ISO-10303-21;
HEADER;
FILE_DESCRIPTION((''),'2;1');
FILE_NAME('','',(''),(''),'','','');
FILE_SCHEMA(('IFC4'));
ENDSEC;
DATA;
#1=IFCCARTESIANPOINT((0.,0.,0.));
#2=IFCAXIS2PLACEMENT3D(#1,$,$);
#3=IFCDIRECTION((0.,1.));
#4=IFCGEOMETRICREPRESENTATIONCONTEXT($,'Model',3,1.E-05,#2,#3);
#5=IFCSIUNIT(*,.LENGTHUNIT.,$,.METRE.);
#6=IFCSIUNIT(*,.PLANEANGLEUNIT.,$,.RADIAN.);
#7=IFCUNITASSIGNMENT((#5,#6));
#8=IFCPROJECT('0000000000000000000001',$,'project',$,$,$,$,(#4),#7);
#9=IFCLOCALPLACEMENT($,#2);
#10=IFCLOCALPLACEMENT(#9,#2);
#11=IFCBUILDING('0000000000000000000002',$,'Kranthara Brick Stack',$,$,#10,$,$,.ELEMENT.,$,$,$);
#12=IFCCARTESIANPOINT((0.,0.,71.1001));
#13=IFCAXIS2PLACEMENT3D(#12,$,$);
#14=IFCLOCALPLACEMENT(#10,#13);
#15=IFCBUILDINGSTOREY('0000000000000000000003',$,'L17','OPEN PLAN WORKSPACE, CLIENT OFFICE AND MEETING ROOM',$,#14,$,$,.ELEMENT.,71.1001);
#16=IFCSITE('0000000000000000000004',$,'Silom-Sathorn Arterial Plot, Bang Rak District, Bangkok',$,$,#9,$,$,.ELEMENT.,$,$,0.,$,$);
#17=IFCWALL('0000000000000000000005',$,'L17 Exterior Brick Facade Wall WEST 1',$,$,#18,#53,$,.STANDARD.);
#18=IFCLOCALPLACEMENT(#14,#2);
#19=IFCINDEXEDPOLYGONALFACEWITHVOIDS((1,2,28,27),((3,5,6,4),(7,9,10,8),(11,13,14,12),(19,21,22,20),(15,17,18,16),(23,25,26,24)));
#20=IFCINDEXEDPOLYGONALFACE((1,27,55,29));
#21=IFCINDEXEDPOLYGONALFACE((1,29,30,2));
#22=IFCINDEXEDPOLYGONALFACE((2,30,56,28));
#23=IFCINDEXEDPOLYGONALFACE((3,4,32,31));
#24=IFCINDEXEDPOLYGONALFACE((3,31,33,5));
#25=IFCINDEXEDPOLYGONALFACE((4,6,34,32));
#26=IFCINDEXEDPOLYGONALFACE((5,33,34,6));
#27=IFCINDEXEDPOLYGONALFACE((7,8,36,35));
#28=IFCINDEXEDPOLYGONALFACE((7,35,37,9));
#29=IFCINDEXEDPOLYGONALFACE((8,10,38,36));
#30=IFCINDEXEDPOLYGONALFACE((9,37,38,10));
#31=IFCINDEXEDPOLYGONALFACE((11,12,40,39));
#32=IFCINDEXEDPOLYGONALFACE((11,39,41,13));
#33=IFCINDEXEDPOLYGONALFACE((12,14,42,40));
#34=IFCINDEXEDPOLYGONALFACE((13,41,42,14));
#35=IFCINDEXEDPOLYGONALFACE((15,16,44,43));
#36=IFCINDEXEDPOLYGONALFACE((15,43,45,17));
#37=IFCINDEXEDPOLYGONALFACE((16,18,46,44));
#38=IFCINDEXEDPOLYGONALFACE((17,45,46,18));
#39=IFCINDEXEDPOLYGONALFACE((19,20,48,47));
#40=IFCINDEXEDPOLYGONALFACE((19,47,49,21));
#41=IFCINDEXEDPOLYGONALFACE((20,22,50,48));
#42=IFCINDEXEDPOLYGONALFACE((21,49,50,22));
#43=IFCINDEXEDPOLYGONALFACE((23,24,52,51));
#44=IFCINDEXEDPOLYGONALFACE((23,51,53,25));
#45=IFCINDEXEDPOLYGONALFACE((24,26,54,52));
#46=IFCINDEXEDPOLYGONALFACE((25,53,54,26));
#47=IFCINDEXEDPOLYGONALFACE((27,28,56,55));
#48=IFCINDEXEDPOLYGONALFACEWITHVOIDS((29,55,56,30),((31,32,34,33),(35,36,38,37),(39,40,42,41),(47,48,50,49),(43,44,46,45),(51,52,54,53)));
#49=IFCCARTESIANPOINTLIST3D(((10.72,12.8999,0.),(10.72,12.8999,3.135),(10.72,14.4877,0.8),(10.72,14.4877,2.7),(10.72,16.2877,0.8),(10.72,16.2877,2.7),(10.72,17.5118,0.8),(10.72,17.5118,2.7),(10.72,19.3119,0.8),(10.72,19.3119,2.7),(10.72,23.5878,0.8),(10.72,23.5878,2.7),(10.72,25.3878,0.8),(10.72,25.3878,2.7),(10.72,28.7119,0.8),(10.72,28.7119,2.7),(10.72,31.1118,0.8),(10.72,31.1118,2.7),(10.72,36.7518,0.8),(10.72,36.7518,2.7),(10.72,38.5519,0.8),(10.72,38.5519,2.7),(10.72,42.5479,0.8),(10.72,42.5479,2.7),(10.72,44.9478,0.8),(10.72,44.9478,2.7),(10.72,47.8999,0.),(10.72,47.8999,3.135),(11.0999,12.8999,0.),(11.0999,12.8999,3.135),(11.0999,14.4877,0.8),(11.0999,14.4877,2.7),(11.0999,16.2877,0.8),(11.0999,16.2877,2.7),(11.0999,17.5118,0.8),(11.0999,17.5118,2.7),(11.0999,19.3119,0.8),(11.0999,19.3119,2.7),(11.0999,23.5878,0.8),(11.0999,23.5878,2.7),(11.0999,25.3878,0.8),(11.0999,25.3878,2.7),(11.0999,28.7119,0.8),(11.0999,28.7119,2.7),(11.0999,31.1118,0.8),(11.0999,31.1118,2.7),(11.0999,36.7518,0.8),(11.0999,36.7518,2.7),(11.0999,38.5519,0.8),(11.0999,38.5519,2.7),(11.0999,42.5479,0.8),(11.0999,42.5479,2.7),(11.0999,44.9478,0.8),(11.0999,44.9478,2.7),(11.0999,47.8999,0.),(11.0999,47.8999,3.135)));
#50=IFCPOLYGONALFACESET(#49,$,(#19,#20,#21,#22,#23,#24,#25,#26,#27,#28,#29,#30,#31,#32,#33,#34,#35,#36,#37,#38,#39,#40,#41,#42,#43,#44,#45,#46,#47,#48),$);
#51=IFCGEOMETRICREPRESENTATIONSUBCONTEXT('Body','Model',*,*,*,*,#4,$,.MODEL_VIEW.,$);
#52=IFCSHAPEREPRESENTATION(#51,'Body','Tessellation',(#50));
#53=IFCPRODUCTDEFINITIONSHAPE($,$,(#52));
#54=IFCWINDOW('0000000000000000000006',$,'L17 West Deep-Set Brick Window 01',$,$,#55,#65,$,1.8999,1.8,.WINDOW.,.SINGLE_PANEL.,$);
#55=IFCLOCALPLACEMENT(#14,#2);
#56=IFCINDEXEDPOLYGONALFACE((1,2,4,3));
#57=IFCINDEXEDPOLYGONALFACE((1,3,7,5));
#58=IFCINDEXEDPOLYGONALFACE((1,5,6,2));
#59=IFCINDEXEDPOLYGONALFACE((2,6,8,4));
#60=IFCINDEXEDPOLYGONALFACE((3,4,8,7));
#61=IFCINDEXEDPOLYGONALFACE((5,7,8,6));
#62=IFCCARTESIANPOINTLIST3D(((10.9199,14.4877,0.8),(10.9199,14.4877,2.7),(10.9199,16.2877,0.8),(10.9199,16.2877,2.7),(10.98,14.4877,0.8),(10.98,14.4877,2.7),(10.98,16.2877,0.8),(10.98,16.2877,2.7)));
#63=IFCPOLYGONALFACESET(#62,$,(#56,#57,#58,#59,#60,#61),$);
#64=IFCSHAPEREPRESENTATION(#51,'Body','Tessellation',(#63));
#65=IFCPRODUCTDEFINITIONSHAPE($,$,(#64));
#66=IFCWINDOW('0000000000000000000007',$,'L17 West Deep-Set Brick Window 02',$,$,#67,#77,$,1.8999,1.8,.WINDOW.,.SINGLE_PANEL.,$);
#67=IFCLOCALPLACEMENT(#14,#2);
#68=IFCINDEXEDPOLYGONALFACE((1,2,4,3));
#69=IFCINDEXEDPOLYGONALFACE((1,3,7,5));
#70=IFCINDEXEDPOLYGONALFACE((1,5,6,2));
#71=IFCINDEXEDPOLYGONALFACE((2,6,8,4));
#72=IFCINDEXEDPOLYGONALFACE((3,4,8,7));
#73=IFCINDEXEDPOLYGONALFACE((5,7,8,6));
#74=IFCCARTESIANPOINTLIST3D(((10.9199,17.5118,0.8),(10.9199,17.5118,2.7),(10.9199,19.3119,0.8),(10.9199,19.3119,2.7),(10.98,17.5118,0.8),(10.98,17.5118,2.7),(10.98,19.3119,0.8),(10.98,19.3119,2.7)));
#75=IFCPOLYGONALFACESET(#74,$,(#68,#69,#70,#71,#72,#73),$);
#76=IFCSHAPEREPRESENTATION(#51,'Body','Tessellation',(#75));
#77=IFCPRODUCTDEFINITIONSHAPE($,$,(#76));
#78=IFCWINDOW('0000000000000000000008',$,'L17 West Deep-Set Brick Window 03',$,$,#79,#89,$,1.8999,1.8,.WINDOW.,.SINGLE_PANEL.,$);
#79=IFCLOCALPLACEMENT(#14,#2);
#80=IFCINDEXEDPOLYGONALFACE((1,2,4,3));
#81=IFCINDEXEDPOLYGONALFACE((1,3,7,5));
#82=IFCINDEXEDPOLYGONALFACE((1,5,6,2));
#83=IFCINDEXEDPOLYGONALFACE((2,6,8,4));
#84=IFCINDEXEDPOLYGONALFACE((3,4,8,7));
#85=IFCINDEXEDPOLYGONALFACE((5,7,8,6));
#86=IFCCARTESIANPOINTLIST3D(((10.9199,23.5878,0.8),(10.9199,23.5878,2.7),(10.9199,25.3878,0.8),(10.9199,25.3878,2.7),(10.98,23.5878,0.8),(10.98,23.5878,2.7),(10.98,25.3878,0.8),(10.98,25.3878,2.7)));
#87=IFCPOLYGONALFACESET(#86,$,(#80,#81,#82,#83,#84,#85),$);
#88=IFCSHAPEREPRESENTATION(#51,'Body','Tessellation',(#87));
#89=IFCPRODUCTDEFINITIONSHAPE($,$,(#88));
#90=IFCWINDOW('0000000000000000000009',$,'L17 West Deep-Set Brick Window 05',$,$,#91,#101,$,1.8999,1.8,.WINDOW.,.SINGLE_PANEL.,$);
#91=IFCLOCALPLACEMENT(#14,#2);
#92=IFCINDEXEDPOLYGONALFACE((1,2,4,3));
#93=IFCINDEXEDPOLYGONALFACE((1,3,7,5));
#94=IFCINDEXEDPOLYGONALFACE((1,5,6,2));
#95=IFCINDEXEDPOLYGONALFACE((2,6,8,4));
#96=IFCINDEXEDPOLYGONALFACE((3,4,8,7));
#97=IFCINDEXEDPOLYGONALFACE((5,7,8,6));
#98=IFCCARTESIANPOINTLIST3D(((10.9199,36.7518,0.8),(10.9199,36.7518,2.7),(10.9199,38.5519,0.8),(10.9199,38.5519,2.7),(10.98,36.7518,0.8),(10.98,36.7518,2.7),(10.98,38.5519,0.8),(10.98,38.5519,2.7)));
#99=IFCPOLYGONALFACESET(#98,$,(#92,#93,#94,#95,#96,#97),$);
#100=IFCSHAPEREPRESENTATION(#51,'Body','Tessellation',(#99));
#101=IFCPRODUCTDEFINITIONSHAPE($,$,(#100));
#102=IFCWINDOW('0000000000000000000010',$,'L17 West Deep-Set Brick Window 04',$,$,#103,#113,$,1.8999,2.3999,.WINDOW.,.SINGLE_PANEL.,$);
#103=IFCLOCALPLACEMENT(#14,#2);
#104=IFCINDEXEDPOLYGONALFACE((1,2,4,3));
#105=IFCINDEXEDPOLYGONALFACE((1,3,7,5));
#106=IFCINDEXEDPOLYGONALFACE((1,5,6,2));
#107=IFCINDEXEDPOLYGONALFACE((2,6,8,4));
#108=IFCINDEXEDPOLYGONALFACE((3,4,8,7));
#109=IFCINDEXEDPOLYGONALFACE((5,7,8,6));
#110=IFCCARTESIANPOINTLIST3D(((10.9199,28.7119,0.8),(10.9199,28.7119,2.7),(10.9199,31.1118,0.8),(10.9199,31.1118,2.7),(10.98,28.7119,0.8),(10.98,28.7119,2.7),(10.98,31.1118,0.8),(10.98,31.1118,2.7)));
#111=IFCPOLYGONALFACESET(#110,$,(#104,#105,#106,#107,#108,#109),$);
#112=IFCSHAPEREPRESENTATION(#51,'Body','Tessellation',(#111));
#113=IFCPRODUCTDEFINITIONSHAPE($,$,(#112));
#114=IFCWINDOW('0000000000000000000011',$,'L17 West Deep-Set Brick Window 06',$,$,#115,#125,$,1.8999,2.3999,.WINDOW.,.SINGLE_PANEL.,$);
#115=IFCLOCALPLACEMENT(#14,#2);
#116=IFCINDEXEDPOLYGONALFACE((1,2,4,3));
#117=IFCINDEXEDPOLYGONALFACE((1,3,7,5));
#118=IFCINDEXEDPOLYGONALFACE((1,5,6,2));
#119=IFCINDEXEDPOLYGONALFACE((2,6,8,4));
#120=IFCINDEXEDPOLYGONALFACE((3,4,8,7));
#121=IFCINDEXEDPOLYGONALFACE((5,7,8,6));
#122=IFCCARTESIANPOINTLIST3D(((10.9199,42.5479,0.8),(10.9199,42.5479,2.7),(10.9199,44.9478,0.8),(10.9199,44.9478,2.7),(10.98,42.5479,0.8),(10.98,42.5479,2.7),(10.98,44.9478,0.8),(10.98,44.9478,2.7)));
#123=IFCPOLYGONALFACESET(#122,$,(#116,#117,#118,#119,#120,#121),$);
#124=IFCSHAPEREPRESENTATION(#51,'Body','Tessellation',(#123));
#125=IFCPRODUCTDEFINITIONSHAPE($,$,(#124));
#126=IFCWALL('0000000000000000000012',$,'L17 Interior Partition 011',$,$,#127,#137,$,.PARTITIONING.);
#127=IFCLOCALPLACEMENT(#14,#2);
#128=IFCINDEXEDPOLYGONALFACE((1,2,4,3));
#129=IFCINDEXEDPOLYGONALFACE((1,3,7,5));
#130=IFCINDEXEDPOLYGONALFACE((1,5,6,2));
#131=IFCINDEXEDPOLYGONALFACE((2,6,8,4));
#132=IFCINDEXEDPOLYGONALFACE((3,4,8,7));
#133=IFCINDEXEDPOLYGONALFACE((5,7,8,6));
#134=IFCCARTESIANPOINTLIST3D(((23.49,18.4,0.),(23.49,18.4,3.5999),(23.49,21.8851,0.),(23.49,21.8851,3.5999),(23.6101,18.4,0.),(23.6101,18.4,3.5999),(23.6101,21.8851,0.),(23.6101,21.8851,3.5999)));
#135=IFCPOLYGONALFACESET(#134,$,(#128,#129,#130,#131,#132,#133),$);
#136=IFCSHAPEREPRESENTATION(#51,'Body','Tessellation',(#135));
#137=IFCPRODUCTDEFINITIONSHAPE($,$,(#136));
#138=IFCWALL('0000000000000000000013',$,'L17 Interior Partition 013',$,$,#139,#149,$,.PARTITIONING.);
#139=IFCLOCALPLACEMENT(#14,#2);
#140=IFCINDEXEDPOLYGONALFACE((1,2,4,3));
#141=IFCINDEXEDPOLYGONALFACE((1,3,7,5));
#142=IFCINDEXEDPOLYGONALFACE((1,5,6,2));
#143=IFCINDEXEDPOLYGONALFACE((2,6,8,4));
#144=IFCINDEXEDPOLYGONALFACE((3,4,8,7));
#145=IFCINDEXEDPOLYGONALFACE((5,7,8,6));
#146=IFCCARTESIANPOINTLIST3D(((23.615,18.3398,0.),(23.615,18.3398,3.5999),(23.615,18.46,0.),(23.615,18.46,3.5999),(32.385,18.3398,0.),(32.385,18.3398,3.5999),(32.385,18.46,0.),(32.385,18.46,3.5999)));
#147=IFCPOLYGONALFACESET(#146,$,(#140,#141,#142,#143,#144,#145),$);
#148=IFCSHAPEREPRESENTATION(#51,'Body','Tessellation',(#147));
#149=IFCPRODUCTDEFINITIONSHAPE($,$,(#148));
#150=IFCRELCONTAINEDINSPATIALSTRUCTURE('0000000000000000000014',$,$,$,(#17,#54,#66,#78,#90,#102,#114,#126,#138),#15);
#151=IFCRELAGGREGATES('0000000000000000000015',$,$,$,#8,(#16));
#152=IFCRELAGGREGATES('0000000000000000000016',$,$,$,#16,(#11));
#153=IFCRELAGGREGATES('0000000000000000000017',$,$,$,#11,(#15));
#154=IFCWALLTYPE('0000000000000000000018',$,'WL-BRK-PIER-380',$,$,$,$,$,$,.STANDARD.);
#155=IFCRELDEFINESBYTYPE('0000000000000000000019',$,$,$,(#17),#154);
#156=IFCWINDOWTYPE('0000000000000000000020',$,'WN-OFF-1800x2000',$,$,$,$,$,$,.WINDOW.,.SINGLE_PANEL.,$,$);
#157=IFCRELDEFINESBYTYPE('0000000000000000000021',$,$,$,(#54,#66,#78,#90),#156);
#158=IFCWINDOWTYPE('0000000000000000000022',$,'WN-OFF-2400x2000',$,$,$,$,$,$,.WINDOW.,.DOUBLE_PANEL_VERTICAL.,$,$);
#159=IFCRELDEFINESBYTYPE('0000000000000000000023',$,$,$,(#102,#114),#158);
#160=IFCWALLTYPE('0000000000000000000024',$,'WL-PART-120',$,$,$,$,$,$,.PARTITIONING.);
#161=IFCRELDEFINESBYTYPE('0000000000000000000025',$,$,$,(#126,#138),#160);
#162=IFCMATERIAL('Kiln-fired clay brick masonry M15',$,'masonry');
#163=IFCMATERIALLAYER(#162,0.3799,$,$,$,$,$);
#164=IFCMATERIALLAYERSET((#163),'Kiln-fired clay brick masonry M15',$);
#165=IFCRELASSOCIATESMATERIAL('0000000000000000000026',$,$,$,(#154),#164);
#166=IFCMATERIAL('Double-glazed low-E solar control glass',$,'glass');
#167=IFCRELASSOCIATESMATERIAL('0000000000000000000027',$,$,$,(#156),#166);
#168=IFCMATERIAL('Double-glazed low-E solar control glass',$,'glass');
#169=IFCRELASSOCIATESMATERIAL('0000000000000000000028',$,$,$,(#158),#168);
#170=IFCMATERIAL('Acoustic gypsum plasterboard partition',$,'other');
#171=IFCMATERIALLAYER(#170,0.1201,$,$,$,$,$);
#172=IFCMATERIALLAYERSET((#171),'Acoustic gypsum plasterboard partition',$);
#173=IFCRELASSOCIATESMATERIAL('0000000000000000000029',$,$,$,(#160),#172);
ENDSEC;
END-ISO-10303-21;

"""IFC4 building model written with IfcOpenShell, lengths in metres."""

from ifc_helpers import new_model, si_unit, direction, frame, frame_2d, origin, place, context, subcontext, project, spatial, rectangle, extrude, material, layer, layer_set, type_object, element, fill, save


model = new_model("IFC4")

# Units and contexts
model_context = context("Model", 3, precision=1e-05, world=origin(), true_north=direction((0.0, 1.0)))
body_context = subcontext(model_context, "Body", "Model", "MODEL_VIEW")
ifc_project = project(units=[si_unit("LENGTHUNIT", "METRE"), si_unit("PLANEANGLEUNIT", "RADIAN")], contexts=[model_context])

# Site, building, storey
site_placement = place(None, origin())
site = spatial("IfcSite", under=ifc_project, at=site_placement, Name="Silom-Sathorn Arterial Plot, Bang Rak District, Bangkok", CompositionType="ELEMENT", RefElevation=0.0)
building_placement = place(site_placement, origin())
building = spatial("IfcBuilding", under=site, at=building_placement, Name="Kranthara Brick Stack", CompositionType="ELEMENT")
storey_placement = place(building_placement, frame((0.0, 0.0, 71.1001)))
storey = spatial("IfcBuildingStorey", under=building, at=storey_placement, Name="L17", Description="OPEN PLAN WORKSPACE, CLIENT OFFICE AND MEETING ROOM", CompositionType="ELEMENT", Elevation=71.1001)

# Wall, openings, windows
ifc_material_1 = material(Name="Kiln-fired clay brick masonry M15", Category="masonry")
ifc_layer_1 = layer(ifc_material_1, 0.3799)
ifc_layer_set_1 = layer_set([ifc_layer_1], Name="Kiln-fired clay brick masonry M15")
wall_type_1 = type_object("IfcWallType", Name="WL-BRK-PIER-380", PredefinedType="STANDARD", material=ifc_layer_set_1)
wall_1_placement = place(storey_placement, frame((10.9099, 12.8999, 0.0), z_axis=(0.0, 0.0, 1.0), x_axis=(0.0, 1.0, 0.0)))
wall_1 = element("IfcWall", 1, at=wall_1_placement, inside=storey, type_object=wall_type_1, Name="L17 Exterior Brick Facade Wall WEST 1", PredefinedType="STANDARD", context=body_context, shape_type="SweptSolid", body=[
    extrude(rectangle(XDim=35.0, YDim=0.3799, at=frame_2d((17.5, 0.0))), origin(), (0.0, 0.0, 1.0), 3.135),
])
opening_1_placement = place(wall_1_placement, frame((1.5879, 0.0, 0.8)))
opening_1 = element("IfcOpeningElement", 2, at=opening_1_placement, cuts=wall_1, PredefinedType="OPENING", context=body_context, shape_type="SweptSolid", body=[
    extrude(rectangle(XDim=1.8, YDim=1.8999, at=frame_2d((0.8999, 0.95))), frame((0.0, 0.2, 0.0), z_axis=(0.0, -1.0, 0.0), x_axis=(1.0, 0.0, 0.0)), (0.0, 0.0, 1.0), 0.3999),
])
opening_2_placement = place(wall_1_placement, frame((4.6121, 0.0, 0.8)))
opening_2 = element("IfcOpeningElement", 3, at=opening_2_placement, cuts=wall_1, PredefinedType="OPENING", context=body_context, shape_type="SweptSolid", body=[
    extrude(rectangle(XDim=1.8, YDim=1.8999, at=frame_2d((0.8999, 0.95))), frame((0.0, 0.2, 0.0), z_axis=(0.0, -1.0, 0.0), x_axis=(1.0, 0.0, 0.0)), (0.0, 0.0, 1.0), 0.3999),
])
opening_3_placement = place(wall_1_placement, frame((10.688, 0.0, 0.8)))
opening_3 = element("IfcOpeningElement", 4, at=opening_3_placement, cuts=wall_1, PredefinedType="OPENING", context=body_context, shape_type="SweptSolid", body=[
    extrude(rectangle(XDim=1.8, YDim=1.8999, at=frame_2d((0.8999, 0.95))), frame((0.0, 0.2, 0.0), z_axis=(0.0, -1.0, 0.0), x_axis=(1.0, 0.0, 0.0)), (0.0, 0.0, 1.0), 0.3999),
])
opening_4_placement = place(wall_1_placement, frame((15.812, 0.0, 0.8)))
opening_4 = element("IfcOpeningElement", 5, at=opening_4_placement, cuts=wall_1, PredefinedType="OPENING", context=body_context, shape_type="SweptSolid", body=[
    extrude(rectangle(XDim=2.3999, YDim=1.8999, at=frame_2d((1.2, 0.95))), frame((0.0, 0.2, 0.0), z_axis=(0.0, -1.0, 0.0), x_axis=(1.0, 0.0, 0.0)), (0.0, 0.0, 1.0), 0.3999),
])
opening_5_placement = place(wall_1_placement, frame((23.8521, 0.0, 0.8)))
opening_5 = element("IfcOpeningElement", 6, at=opening_5_placement, cuts=wall_1, PredefinedType="OPENING", context=body_context, shape_type="SweptSolid", body=[
    extrude(rectangle(XDim=1.8, YDim=1.8999, at=frame_2d((0.8999, 0.95))), frame((0.0, 0.2, 0.0), z_axis=(0.0, -1.0, 0.0), x_axis=(1.0, 0.0, 0.0)), (0.0, 0.0, 1.0), 0.3999),
])
opening_6_placement = place(wall_1_placement, frame((29.6479, 0.0, 0.8)))
opening_6 = element("IfcOpeningElement", 7, at=opening_6_placement, cuts=wall_1, PredefinedType="OPENING", context=body_context, shape_type="SweptSolid", body=[
    extrude(rectangle(XDim=2.3999, YDim=1.8999, at=frame_2d((1.2, 0.95))), frame((0.0, 0.2, 0.0), z_axis=(0.0, -1.0, 0.0), x_axis=(1.0, 0.0, 0.0)), (0.0, 0.0, 1.0), 0.3999),
])
ifc_material_2 = material(Name="Double-glazed low-E solar control glass", Category="glass")
window_type_1 = type_object("IfcWindowType", Name="WN-OFF-1800x2000", PartitioningType="SINGLE_PANEL", PredefinedType="WINDOW", material=ifc_material_2)
window_1_placement = place(opening_1_placement, origin())
window_1 = element("IfcWindow", 8, at=window_1_placement, inside=storey, type_object=window_type_1, Name="L17 West Deep-Set Brick Window 01", OverallHeight=1.8999, OverallWidth=1.8, PartitioningType="SINGLE_PANEL", PredefinedType="WINDOW", context=body_context, shape_type="SweptSolid", body=[
    extrude(rectangle(XDim=1.8, YDim=1.8999, at=frame_2d((0.8999, 0.95))), frame((0.0, -0.01, 0.0), z_axis=(0.0, -1.0, 0.0), x_axis=(1.0, 0.0, 0.0)), (0.0, 0.0, 1.0), 0.0601),
])
fill(opening_1, window_1)
window_2_placement = place(opening_2_placement, origin())
window_2 = element("IfcWindow", 9, at=window_2_placement, inside=storey, type_object=window_type_1, Name="L17 West Deep-Set Brick Window 02", OverallHeight=1.8999, OverallWidth=1.8, PartitioningType="SINGLE_PANEL", PredefinedType="WINDOW", context=body_context, shape_type="SweptSolid", body=[
    extrude(rectangle(XDim=1.8, YDim=1.8999, at=frame_2d((0.8999, 0.95))), frame((0.0, -0.01, 0.0), z_axis=(0.0, -1.0, 0.0), x_axis=(1.0, 0.0, 0.0)), (0.0, 0.0, 1.0), 0.0601),
])
fill(opening_2, window_2)
window_3_placement = place(opening_3_placement, origin())
window_3 = element("IfcWindow", 10, at=window_3_placement, inside=storey, type_object=window_type_1, Name="L17 West Deep-Set Brick Window 03", OverallHeight=1.8999, OverallWidth=1.8, PartitioningType="SINGLE_PANEL", PredefinedType="WINDOW", context=body_context, shape_type="SweptSolid", body=[
    extrude(rectangle(XDim=1.8, YDim=1.8999, at=frame_2d((0.8999, 0.95))), frame((0.0, -0.01, 0.0), z_axis=(0.0, -1.0, 0.0), x_axis=(1.0, 0.0, 0.0)), (0.0, 0.0, 1.0), 0.0601),
])
fill(opening_3, window_3)
window_4_placement = place(opening_5_placement, origin())
window_4 = element("IfcWindow", 11, at=window_4_placement, inside=storey, type_object=window_type_1, Name="L17 West Deep-Set Brick Window 05", OverallHeight=1.8999, OverallWidth=1.8, PartitioningType="SINGLE_PANEL", PredefinedType="WINDOW", context=body_context, shape_type="SweptSolid", body=[
    extrude(rectangle(XDim=1.8, YDim=1.8999, at=frame_2d((0.8999, 0.95))), frame((0.0, -0.01, 0.0), z_axis=(0.0, -1.0, 0.0), x_axis=(1.0, 0.0, 0.0)), (0.0, 0.0, 1.0), 0.0601),
])
fill(opening_5, window_4)
ifc_material_3 = material(Name="Double-glazed low-E solar control glass", Category="glass")
window_type_2 = type_object("IfcWindowType", Name="WN-OFF-2400x2000", PartitioningType="DOUBLE_PANEL_VERTICAL", PredefinedType="WINDOW", material=ifc_material_3)
window_5_placement = place(opening_4_placement, origin())
window_5 = element("IfcWindow", 12, at=window_5_placement, inside=storey, type_object=window_type_2, Name="L17 West Deep-Set Brick Window 04", OverallHeight=1.8999, OverallWidth=2.3999, PartitioningType="SINGLE_PANEL", PredefinedType="WINDOW", context=body_context, shape_type="SweptSolid", body=[
    extrude(rectangle(XDim=2.3999, YDim=1.8999, at=frame_2d((1.2, 0.95))), frame((0.0, -0.01, 0.0), z_axis=(0.0, -1.0, 0.0), x_axis=(1.0, 0.0, 0.0)), (0.0, 0.0, 1.0), 0.0601),
])
fill(opening_4, window_5)
window_6_placement = place(opening_6_placement, origin())
window_6 = element("IfcWindow", 13, at=window_6_placement, inside=storey, type_object=window_type_2, Name="L17 West Deep-Set Brick Window 06", OverallHeight=1.8999, OverallWidth=2.3999, PartitioningType="SINGLE_PANEL", PredefinedType="WINDOW", context=body_context, shape_type="SweptSolid", body=[
    extrude(rectangle(XDim=2.3999, YDim=1.8999, at=frame_2d((1.2, 0.95))), frame((0.0, -0.01, 0.0), z_axis=(0.0, -1.0, 0.0), x_axis=(1.0, 0.0, 0.0)), (0.0, 0.0, 1.0), 0.0601),
])
fill(opening_6, window_6)

# Walls
ifc_material_4 = material(Name="Acoustic gypsum plasterboard partition", Category="other")
ifc_layer_2 = layer(ifc_material_4, 0.1201)
ifc_layer_set_2 = layer_set([ifc_layer_2], Name="Acoustic gypsum plasterboard partition")
wall_type_2 = type_object("IfcWallType", Name="WL-PART-120", PredefinedType="PARTITIONING", material=ifc_layer_set_2)
wall_2_placement = place(storey_placement, frame((23.55, 18.3999, 0.0), z_axis=(0.0, 0.0, 1.0), x_axis=(0.0, 1.0, 0.0)))
element("IfcWall", 14, at=wall_2_placement, inside=storey, type_object=wall_type_2, Name="L17 Interior Partition 011", PredefinedType="PARTITIONING", context=body_context, shape_type="SweptSolid", body=[
    extrude(rectangle(XDim=3.4851, YDim=0.1201, at=frame_2d((1.7427, 0.0))), origin(), (0.0, 0.0, 1.0), 3.5999),
])
wall_3_placement = place(storey_placement, frame((23.615, 18.3999, 0.0), z_axis=(0.0, 0.0, 1.0), x_axis=(1.0, 0.0, 0.0)))
element("IfcWall", 15, at=wall_3_placement, inside=storey, type_object=wall_type_2, Name="L17 Interior Partition 013", PredefinedType="PARTITIONING", context=body_context, shape_type="SweptSolid", body=[
    extrude(rectangle(XDim=8.77, YDim=0.1201, at=frame_2d((4.385, 0.0))), origin(), (0.0, 0.0, 1.0), 3.5999),
])

save(model, "model.ifc")
